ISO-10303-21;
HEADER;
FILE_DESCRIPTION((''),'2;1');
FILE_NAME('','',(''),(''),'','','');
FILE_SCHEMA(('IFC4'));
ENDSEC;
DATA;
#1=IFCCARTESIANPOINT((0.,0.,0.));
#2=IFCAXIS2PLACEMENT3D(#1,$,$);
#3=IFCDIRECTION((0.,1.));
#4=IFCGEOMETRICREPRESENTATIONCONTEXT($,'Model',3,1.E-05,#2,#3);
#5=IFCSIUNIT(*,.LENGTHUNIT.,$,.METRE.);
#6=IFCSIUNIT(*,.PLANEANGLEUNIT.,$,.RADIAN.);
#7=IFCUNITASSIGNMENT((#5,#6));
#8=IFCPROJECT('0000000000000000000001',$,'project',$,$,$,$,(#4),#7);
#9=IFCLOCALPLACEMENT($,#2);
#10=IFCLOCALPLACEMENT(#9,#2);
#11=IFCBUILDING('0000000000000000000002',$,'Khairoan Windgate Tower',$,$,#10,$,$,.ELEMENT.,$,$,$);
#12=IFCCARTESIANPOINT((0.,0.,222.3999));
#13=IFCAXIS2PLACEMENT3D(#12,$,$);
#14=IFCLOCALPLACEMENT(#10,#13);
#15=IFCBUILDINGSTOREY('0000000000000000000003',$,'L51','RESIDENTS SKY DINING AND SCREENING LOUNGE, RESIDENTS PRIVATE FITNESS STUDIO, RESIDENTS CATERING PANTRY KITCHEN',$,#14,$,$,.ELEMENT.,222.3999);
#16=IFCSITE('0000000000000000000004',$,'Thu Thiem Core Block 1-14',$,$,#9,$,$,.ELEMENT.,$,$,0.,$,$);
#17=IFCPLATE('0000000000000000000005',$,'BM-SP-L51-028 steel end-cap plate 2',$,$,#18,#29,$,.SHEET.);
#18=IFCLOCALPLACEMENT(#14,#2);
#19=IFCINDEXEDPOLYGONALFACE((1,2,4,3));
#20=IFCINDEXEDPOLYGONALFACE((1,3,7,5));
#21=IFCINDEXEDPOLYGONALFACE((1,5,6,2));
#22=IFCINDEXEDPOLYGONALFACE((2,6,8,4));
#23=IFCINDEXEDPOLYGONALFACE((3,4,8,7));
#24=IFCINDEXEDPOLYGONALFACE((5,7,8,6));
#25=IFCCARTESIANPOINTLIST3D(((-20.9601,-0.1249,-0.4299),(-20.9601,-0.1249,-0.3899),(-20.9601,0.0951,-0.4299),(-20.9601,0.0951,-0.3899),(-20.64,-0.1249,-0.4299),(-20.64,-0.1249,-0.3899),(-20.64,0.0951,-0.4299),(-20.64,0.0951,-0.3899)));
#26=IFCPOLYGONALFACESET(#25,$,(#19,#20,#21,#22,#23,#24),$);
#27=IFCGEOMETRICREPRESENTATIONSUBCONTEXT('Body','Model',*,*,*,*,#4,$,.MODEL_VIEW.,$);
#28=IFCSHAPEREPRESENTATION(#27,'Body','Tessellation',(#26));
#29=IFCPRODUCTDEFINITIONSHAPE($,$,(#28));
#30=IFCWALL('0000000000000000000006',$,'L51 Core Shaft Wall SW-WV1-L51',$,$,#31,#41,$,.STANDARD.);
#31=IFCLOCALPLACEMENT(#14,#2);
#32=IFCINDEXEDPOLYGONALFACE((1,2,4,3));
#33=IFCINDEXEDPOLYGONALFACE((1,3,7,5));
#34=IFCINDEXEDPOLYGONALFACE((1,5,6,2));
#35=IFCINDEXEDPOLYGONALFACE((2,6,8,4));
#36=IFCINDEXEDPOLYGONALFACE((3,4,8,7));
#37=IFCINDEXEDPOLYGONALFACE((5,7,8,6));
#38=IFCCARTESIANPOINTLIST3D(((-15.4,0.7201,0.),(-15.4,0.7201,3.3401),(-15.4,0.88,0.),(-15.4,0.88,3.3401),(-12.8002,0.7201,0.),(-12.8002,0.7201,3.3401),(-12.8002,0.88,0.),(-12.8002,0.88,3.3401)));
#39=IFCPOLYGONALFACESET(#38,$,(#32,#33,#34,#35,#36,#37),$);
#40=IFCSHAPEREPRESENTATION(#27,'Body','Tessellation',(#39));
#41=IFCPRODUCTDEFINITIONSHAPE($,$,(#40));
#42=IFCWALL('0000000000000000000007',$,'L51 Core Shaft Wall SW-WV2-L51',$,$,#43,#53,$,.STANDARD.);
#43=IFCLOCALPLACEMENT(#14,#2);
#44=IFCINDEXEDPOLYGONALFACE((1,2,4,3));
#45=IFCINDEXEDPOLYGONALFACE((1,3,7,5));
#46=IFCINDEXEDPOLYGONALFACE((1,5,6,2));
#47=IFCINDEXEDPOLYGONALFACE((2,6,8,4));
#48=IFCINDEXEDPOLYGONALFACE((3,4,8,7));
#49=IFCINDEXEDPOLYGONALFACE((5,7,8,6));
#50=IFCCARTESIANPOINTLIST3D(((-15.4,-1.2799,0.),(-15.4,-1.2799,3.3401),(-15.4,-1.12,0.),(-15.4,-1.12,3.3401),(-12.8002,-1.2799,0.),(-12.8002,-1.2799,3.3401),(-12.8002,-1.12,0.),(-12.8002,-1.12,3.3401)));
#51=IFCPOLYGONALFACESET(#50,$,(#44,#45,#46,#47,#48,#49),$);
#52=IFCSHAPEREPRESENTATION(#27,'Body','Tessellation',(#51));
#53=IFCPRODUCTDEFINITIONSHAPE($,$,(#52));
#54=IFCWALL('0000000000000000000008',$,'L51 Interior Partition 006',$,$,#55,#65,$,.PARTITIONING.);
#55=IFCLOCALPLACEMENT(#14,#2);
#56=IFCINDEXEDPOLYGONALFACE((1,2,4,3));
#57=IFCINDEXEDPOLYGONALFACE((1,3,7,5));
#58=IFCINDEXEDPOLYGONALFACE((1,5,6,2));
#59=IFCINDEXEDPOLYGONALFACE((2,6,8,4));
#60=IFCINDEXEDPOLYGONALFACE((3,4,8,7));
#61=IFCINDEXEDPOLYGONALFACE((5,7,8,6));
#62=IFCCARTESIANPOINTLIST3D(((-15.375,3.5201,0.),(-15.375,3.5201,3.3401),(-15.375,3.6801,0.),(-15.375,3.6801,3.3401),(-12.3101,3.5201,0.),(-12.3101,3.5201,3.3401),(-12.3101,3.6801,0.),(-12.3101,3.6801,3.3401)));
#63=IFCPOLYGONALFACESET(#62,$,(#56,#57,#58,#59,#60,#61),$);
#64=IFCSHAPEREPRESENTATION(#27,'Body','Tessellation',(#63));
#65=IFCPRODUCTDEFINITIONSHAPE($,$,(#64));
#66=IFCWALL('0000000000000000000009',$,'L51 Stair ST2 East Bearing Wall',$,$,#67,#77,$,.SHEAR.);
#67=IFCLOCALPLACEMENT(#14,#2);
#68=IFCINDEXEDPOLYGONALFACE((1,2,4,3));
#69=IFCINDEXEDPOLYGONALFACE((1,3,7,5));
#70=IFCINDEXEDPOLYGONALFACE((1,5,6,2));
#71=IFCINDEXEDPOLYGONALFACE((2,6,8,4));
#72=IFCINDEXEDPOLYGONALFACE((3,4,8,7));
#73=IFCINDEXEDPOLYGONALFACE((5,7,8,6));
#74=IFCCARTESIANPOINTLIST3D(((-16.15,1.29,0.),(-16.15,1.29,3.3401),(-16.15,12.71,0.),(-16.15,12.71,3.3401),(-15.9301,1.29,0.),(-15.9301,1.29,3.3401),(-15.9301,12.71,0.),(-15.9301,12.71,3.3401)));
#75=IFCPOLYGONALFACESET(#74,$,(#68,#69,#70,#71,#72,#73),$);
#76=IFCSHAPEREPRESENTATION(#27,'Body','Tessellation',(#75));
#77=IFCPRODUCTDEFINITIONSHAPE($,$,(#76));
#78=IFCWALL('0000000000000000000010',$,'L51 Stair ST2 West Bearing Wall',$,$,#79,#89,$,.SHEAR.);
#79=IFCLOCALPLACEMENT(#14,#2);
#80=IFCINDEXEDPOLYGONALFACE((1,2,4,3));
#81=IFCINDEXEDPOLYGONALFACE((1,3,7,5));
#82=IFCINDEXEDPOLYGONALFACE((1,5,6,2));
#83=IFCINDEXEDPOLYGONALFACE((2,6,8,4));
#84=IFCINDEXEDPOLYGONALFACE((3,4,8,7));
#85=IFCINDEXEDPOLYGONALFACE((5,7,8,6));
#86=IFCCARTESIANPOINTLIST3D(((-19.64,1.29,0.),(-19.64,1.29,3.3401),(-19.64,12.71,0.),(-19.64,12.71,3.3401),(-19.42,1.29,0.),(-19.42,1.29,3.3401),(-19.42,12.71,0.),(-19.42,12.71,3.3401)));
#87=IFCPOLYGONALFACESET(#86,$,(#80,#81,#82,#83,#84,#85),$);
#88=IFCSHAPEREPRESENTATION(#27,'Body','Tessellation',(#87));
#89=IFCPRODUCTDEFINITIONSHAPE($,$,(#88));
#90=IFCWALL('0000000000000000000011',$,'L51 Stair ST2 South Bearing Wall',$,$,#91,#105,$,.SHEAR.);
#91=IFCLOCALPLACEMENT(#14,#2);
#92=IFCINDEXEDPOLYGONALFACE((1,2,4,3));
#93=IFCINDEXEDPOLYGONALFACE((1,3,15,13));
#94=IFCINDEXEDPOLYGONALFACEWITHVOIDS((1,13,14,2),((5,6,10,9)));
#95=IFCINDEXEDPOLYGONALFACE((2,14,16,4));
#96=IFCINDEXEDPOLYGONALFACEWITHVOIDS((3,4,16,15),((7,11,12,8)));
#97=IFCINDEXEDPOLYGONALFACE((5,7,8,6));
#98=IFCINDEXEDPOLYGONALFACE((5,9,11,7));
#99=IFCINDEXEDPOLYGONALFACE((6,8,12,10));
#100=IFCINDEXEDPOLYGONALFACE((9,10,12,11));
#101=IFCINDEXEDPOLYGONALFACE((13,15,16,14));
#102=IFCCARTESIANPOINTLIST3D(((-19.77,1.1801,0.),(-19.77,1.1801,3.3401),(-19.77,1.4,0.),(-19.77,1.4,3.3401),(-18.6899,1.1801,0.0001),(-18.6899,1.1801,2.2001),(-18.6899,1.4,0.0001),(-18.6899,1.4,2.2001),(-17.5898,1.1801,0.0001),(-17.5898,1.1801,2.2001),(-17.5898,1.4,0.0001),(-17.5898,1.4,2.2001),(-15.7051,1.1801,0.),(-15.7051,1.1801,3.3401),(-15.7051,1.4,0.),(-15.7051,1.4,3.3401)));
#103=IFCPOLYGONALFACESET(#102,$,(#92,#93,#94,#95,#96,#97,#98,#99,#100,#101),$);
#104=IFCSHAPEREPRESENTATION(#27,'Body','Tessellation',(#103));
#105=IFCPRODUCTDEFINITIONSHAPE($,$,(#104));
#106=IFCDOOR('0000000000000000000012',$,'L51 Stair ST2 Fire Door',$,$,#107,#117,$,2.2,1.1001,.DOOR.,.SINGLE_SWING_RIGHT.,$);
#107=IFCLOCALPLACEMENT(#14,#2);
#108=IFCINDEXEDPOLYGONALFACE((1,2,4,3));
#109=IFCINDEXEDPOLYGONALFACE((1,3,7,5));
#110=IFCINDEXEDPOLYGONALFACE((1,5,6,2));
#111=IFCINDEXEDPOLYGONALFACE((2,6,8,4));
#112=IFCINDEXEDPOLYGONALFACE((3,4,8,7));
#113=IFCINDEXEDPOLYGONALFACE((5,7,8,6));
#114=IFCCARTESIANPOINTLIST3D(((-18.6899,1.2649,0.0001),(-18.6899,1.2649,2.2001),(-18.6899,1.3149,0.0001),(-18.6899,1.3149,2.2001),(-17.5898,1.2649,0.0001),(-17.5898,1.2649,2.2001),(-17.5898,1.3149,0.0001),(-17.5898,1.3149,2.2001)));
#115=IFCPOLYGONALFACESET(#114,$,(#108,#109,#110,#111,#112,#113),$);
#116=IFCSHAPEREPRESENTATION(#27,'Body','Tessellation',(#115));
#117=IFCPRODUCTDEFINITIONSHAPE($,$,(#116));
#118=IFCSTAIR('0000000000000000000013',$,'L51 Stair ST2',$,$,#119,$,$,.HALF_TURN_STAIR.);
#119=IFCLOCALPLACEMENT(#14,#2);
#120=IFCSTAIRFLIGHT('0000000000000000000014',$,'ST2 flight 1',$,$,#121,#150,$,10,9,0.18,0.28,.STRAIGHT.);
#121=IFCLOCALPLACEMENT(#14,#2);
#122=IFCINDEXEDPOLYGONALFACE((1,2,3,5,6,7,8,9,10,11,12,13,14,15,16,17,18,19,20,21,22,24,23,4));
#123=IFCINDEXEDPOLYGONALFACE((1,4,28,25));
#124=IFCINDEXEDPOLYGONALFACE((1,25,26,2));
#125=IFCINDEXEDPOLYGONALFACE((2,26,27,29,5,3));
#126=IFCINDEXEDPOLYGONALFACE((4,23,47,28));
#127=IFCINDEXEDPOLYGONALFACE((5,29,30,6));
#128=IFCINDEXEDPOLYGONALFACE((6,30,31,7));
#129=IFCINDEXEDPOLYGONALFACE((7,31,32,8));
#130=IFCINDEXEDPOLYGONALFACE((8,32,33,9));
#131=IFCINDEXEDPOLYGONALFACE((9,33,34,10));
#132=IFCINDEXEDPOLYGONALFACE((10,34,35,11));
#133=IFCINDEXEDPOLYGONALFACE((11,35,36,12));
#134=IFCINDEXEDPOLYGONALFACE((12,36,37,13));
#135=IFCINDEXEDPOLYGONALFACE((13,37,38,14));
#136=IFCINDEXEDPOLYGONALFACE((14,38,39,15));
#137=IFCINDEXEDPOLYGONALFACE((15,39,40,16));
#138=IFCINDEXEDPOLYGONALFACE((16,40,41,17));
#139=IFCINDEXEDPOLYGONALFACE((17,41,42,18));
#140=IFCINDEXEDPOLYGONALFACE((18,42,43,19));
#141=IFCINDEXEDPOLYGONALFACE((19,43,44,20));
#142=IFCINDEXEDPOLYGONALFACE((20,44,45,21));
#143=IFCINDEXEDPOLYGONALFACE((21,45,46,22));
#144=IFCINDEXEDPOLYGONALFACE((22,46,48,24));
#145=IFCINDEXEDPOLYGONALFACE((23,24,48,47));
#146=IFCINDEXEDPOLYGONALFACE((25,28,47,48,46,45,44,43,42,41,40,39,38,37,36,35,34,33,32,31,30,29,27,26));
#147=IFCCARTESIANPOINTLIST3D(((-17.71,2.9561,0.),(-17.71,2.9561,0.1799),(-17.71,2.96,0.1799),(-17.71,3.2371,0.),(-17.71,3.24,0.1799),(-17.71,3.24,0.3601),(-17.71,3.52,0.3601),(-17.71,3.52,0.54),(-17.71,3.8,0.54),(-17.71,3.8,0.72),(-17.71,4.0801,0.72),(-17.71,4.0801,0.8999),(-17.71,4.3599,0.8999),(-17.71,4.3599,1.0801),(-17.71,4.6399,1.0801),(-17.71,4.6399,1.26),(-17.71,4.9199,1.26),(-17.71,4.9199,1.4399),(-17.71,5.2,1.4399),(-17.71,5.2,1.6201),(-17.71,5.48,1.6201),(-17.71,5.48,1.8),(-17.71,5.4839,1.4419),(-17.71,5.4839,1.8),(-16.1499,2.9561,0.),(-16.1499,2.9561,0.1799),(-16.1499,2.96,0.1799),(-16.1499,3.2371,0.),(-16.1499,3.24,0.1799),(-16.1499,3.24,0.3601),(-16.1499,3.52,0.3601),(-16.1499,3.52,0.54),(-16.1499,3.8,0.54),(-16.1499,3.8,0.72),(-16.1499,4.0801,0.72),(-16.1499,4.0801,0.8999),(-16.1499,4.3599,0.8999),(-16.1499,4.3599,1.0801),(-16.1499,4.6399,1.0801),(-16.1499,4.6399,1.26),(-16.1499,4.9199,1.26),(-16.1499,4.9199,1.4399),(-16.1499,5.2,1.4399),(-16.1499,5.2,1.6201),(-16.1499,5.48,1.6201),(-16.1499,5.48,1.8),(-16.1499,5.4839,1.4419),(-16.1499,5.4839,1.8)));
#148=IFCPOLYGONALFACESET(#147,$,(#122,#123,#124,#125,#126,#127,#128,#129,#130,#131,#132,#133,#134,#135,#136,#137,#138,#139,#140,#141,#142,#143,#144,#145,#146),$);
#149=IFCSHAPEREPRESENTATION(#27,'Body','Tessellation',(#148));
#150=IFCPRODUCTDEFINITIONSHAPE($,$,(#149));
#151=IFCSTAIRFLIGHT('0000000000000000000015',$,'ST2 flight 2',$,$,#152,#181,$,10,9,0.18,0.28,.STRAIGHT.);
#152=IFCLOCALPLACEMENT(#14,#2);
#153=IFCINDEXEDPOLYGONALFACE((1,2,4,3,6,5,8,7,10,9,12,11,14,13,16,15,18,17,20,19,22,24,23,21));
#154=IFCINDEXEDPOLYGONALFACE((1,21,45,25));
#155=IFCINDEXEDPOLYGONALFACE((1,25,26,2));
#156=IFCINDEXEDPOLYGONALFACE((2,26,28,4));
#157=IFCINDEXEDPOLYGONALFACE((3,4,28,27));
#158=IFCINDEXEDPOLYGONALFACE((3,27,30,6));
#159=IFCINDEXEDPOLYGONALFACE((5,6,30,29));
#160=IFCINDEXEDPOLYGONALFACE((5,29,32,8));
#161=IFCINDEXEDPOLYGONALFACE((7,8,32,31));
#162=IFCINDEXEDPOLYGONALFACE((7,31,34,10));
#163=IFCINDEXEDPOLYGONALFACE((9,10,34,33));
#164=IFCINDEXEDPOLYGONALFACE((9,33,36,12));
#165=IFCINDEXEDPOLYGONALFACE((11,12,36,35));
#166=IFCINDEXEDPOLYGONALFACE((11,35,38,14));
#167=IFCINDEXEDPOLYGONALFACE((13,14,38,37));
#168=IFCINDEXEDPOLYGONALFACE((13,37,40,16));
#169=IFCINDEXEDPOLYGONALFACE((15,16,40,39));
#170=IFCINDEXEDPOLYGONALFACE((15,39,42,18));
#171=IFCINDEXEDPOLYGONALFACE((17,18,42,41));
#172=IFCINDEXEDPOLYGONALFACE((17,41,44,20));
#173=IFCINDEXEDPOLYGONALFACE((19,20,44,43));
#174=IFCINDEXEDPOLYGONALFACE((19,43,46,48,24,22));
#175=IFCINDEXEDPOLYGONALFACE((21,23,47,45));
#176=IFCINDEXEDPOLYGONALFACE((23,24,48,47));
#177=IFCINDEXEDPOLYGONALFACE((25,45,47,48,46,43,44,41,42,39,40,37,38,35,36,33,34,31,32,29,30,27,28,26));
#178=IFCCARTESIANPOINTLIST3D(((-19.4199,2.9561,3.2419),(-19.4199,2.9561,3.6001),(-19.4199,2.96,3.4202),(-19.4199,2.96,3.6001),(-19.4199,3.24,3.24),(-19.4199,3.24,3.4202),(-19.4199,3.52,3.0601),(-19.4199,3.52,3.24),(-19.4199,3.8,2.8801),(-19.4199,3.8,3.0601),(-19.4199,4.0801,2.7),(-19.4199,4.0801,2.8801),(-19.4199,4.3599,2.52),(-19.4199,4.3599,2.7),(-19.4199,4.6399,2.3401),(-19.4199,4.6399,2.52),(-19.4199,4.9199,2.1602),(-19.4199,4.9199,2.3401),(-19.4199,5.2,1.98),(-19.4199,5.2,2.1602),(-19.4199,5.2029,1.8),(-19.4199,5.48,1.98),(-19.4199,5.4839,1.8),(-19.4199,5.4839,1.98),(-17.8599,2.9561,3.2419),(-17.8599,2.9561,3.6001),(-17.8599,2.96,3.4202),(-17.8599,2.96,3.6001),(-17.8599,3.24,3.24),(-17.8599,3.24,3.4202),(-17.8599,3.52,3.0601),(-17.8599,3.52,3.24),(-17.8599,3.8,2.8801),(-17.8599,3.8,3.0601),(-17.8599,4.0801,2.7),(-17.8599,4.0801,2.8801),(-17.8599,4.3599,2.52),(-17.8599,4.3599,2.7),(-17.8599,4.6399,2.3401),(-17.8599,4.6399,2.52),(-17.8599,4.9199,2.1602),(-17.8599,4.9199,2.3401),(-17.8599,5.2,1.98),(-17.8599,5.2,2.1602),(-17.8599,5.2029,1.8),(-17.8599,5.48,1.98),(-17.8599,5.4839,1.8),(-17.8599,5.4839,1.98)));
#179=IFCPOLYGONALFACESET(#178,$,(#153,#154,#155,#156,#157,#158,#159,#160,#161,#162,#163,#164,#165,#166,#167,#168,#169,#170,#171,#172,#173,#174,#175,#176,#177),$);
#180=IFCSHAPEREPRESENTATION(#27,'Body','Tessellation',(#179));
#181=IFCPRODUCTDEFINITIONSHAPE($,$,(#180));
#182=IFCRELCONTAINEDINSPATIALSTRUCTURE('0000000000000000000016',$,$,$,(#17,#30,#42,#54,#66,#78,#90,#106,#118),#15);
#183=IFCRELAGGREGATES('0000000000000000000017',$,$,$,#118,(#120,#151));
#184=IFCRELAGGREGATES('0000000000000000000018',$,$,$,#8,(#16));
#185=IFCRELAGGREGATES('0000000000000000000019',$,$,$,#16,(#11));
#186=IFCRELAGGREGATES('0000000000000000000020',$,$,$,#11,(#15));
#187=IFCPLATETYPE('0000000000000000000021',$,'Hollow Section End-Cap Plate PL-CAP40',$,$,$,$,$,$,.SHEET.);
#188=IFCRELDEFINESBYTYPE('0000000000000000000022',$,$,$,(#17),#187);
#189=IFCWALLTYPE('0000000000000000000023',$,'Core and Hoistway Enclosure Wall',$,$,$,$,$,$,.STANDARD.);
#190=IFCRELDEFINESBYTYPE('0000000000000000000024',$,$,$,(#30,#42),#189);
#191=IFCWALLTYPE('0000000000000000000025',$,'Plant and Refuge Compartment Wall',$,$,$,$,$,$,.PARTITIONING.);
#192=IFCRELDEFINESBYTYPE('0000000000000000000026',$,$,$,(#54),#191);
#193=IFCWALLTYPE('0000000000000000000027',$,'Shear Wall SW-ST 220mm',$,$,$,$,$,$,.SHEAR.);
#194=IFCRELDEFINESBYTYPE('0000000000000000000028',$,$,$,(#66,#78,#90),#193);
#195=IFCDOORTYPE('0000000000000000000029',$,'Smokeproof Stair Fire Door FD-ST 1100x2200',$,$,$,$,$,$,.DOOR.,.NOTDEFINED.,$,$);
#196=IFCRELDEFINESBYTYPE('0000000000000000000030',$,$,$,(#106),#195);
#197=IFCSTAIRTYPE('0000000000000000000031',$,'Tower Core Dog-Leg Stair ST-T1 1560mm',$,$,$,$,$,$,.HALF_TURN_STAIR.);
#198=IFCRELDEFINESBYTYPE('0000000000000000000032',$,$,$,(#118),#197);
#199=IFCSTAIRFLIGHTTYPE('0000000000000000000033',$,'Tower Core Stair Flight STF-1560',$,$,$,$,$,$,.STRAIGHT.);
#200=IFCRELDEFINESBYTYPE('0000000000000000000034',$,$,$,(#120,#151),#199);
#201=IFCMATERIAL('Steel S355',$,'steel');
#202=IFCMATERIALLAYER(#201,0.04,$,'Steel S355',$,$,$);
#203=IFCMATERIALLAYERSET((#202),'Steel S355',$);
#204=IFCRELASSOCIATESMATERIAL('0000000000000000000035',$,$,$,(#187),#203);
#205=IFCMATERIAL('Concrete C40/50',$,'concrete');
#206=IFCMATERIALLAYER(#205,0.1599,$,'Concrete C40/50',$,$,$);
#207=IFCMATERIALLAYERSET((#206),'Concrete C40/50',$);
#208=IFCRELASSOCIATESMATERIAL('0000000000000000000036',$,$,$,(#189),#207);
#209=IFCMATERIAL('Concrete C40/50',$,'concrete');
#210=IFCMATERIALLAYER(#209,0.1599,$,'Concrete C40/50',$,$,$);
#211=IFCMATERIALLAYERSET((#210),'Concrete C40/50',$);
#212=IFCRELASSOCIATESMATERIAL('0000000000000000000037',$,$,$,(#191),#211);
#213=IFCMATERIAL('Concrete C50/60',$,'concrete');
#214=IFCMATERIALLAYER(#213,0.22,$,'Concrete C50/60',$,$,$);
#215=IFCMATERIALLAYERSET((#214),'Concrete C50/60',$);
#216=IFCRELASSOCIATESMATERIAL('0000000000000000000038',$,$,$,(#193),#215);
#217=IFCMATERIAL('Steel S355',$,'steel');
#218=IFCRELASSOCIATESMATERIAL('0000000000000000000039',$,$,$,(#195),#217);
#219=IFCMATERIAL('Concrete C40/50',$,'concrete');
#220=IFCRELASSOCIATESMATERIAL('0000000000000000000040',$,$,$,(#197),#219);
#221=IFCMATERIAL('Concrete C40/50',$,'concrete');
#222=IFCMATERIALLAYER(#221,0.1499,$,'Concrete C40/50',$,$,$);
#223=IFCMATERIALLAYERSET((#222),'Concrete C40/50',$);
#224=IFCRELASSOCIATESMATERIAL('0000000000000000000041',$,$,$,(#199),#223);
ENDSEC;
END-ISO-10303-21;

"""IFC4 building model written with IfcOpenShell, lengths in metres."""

from ifc_helpers import new_model, si_unit, direction, frame, frame_2d, origin, origin_2d, place, context, subcontext, project, spatial, polyline, rectangle, outline, extrude, material, layer, layer_set, type_object, element, fill, aggregate, save


model = new_model("IFC4")

# Units and contexts
model_context = context("Model", 3, precision=1e-05, world=origin(), true_north=direction((0.0, 1.0)))
body_context = subcontext(model_context, "Body", "Model", "MODEL_VIEW")
ifc_project = project(units=[si_unit("LENGTHUNIT", "METRE"), si_unit("PLANEANGLEUNIT", "RADIAN")], contexts=[model_context])

# Site, building, storey
site_placement = place(None, origin())
site = spatial("IfcSite", under=ifc_project, at=site_placement, Name="Thu Thiem Core Block 1-14", CompositionType="ELEMENT", RefElevation=0.0)
building_placement = place(site_placement, origin())
building = spatial("IfcBuilding", under=site, at=building_placement, Name="Khairoan Windgate Tower", CompositionType="ELEMENT")
storey_placement = place(building_placement, frame((0.0, 0.0, 222.3999)))
storey = spatial("IfcBuildingStorey", under=building, at=storey_placement, Name="L51", Description="RESIDENTS SKY DINING AND SCREENING LOUNGE, RESIDENTS PRIVATE FITNESS STUDIO, RESIDENTS CATERING PANTRY KITCHEN", CompositionType="ELEMENT", Elevation=222.3999)

# Plate
ifc_material_1 = material(Name="Steel S355", Category="steel")
ifc_layer_1 = layer(ifc_material_1, 0.04, Name="Steel S355")
ifc_layer_set_1 = layer_set([ifc_layer_1], Name="Steel S355")
plate_type = type_object("IfcPlateType", Name="Hollow Section End-Cap Plate PL-CAP40", PredefinedType="SHEET", material=ifc_layer_set_1)
plate_placement = place(storey_placement, frame((-20.8, -0.0149, -0.4299), z_axis=(0.0, 0.0, 1.0), x_axis=(0.0, 1.0, 0.0)))
element("IfcPlate", 1, at=plate_placement, inside=storey, type_object=plate_type, Name="BM-SP-L51-028 steel end-cap plate 2", PredefinedType="SHEET", context=body_context, shape_type="SweptSolid", body=[
    extrude(rectangle(XDim=0.22, YDim=0.3201, at=origin_2d()), origin(), (0.0, 0.0, 1.0), 0.04),
])

# Walls
ifc_material_2 = material(Name="Concrete C40/50", Category="concrete")
ifc_layer_2 = layer(ifc_material_2, 0.1599, Name="Concrete C40/50")
ifc_layer_set_2 = layer_set([ifc_layer_2], Name="Concrete C40/50")
wall_type_1 = type_object("IfcWallType", Name="Core and Hoistway Enclosure Wall", PredefinedType="STANDARD", material=ifc_layer_set_2)
for number, where, z_axis, x_axis, name in (
    (2, (-15.3999, 0.8, 0.0), (0.0, 0.0, 1.0), (1.0, 0.0, 0.0), "L51 Core Shaft Wall SW-WV1-L51"),
    (3, (-15.3999, -1.2, 0.0), (0.0, 0.0, 1.0), (1.0, 0.0, 0.0), "L51 Core Shaft Wall SW-WV2-L51"),
):
    element("IfcWall", number, at=place(storey_placement, frame(where, z_axis=z_axis, x_axis=x_axis)), inside=storey, type_object=wall_type_1, Name=name, PredefinedType="STANDARD", context=body_context, shape_type="SweptSolid", body=[
        extrude(rectangle(XDim=2.5999, YDim=0.1599, at=frame_2d((1.2998, 0.0))), origin(), (0.0, 0.0, 1.0), 3.3401),
    ])
ifc_material_3 = material(Name="Concrete C40/50", Category="concrete")
ifc_layer_3 = layer(ifc_material_3, 0.1599, Name="Concrete C40/50")
ifc_layer_set_3 = layer_set([ifc_layer_3], Name="Concrete C40/50")
wall_type_2 = type_object("IfcWallType", Name="Plant and Refuge Compartment Wall", PredefinedType="PARTITIONING", material=ifc_layer_set_3)
wall_1_placement = place(storey_placement, frame((-15.375, 3.6001, 0.0), z_axis=(0.0, 0.0, 1.0), x_axis=(1.0, 0.0, 0.0)))
element("IfcWall", 4, at=wall_1_placement, inside=storey, type_object=wall_type_2, Name="L51 Interior Partition 006", PredefinedType="PARTITIONING", context=body_context, shape_type="SweptSolid", body=[
    extrude(rectangle(XDim=3.0649, YDim=0.1599, at=frame_2d((1.5325, 0.0))), origin(), (0.0, 0.0, 1.0), 3.3401),
])
ifc_material_4 = material(Name="Concrete C50/60", Category="concrete")
ifc_layer_4 = layer(ifc_material_4, 0.22, Name="Concrete C50/60")
ifc_layer_set_4 = layer_set([ifc_layer_4], Name="Concrete C50/60")
wall_type_3 = type_object("IfcWallType", Name="Shear Wall SW-ST 220mm", PredefinedType="SHEAR", material=ifc_layer_set_4)
for number, where, z_axis, x_axis, name in (
    (5, (-16.04, 1.29, 0.0), (0.0, 0.0, 1.0), (0.0, 1.0, 0.0), "L51 Stair ST2 East Bearing Wall"),
    (6, (-19.53, 1.29, 0.0), (0.0, 0.0, 1.0), (0.0, 1.0, 0.0), "L51 Stair ST2 West Bearing Wall"),
):
    element("IfcWall", number, at=place(storey_placement, frame(where, z_axis=z_axis, x_axis=x_axis)), inside=storey, type_object=wall_type_3, Name=name, PredefinedType="SHEAR", context=body_context, shape_type="SweptSolid", body=[
        extrude(rectangle(XDim=11.4199, YDim=0.22, at=frame_2d((5.71, 0.0))), origin(), (0.0, 0.0, 1.0), 3.3401),
    ])

# Wall, opening, door
wall_2_placement = place(storey_placement, frame((-19.77, 1.29, 0.0), z_axis=(0.0, 0.0, 1.0), x_axis=(1.0, 0.0, 0.0)))
wall_2 = element("IfcWall", 7, at=wall_2_placement, inside=storey, type_object=wall_type_3, Name="L51 Stair ST2 South Bearing Wall", PredefinedType="SHEAR", context=body_context, shape_type="SweptSolid", body=[
    extrude(rectangle(XDim=4.0649, YDim=0.22, at=frame_2d((2.0325, 0.0))), origin(), (0.0, 0.0, 1.0), 3.3401),
])
opening_placement = place(wall_2_placement, frame((1.0801, 0.0, 0.0)))
opening = element("IfcOpeningElement", 8, at=opening_placement, cuts=wall_2, PredefinedType="OPENING", context=body_context, shape_type="SweptSolid", body=[
    extrude(rectangle(XDim=1.1001, YDim=2.2, at=frame_2d((0.55, 1.1001))), frame((0.0, 0.1199, 0.0), z_axis=(0.0, -1.0, 0.0), x_axis=(1.0, 0.0, 0.0)), (0.0, 0.0, 1.0), 0.24),
])
ifc_material_5 = material(Name="Steel S355", Category="steel")
door_type = type_object("IfcDoorType", Name="Smokeproof Stair Fire Door FD-ST 1100x2200", OperationType="NOTDEFINED", PredefinedType="DOOR", material=ifc_material_5)
door_placement = place(opening_placement, origin())
door = element("IfcDoor", 9, at=door_placement, inside=storey, type_object=door_type, Name="L51 Stair ST2 Fire Door", OperationType="SINGLE_SWING_RIGHT", OverallHeight=2.2, OverallWidth=1.1001, PredefinedType="DOOR", context=body_context, shape_type="SweptSolid", body=[
    extrude(rectangle(XDim=1.1001, YDim=2.2, at=frame_2d((0.55, 1.1001))), frame((0.0, 0.0249, 0.0), z_axis=(0.0, -1.0, 0.0), x_axis=(1.0, 0.0, 0.0)), (0.0, 0.0, 1.0), 0.05),
])
fill(opening, door)

# Stair, stair flights
ifc_material_6 = material(Name="Concrete C40/50", Category="concrete")
stair_type = type_object("IfcStairType", Name="Tower Core Dog-Leg Stair ST-T1 1560mm", PredefinedType="HALF_TURN_STAIR", material=ifc_material_6)
stair_placement = place(storey_placement, origin())
stair = element("IfcStair", 10, at=stair_placement, inside=storey, type_object=stair_type, Name="L51 Stair ST2", PredefinedType="HALF_TURN_STAIR")
ifc_material_7 = material(Name="Concrete C40/50", Category="concrete")
ifc_layer_5 = layer(ifc_material_7, 0.1499, Name="Concrete C40/50")
ifc_layer_set_5 = layer_set([ifc_layer_5], Name="Concrete C40/50")
stair_flight_type = type_object("IfcStairFlightType", Name="Tower Core Stair Flight STF-1560", PredefinedType="STRAIGHT", material=ifc_layer_set_5)
stair_flight_1_placement = place(storey_placement, frame((-16.9299, 2.96, 0.0), z_axis=(0.0, 0.0, 1.0), x_axis=(0.0, 1.0, 0.0)))
stair_flight_1 = element("IfcStairFlight", 11, at=stair_flight_1_placement, type_object=stair_flight_type, Name="ST2 flight 1", NumberOfRisers=10, NumberOfTreads=9, PredefinedType="STRAIGHT", RiserHeight=0.18, TreadLength=0.28, context=body_context, shape_type="SweptSolid", body=[
    extrude(outline(polyline([(-0.0039, 0.0), (-0.0039, 0.1799), (0.0, 0.1799), (0.28, 0.1799), (0.28, 0.3601), (0.5601, 0.3601), (0.5601, 0.54), (0.8401, 0.54), (0.8401, 0.72), (1.1201, 0.72), (1.1201, 0.8999), (1.3999, 0.8999), (1.3999, 1.0801), (1.6799, 1.0801), (1.6799, 1.26), (1.96, 1.26), (1.96, 1.4399), (2.24, 1.4399), (2.24, 1.6201), (2.52, 1.6201), (2.52, 1.8), (2.5239, 1.8), (2.5239, 1.4419), (0.2771, 0.0), (-0.0039, 0.0)])), frame((0.0, 0.78, 0.0), z_axis=(0.0, -1.0, 0.0), x_axis=(1.0, 0.0, 0.0)), (0.0, 0.0, 1.0), 1.5601),
])
stair_flight_2_placement = place(storey_placement, frame((-18.6399, 5.48, 1.8), z_axis=(0.0, 0.0, 1.0), x_axis=(0.0, -1.0, 0.0)))
stair_flight_2 = element("IfcStairFlight", 12, at=stair_flight_2_placement, type_object=stair_flight_type, Name="ST2 flight 2", NumberOfRisers=10, NumberOfTreads=9, PredefinedType="STRAIGHT", RiserHeight=0.18, TreadLength=0.28, context=body_context, shape_type="SweptSolid", body=[
    extrude(outline(polyline([(-0.0039, 0.0), (-0.0039, 0.1799), (0.0, 0.1799), (0.28, 0.1799), (0.28, 0.3601), (0.5601, 0.3601), (0.5601, 0.54), (0.8401, 0.54), (0.8401, 0.72), (1.1201, 0.72), (1.1201, 0.8999), (1.3999, 0.8999), (1.3999, 1.0801), (1.6799, 1.0801), (1.6799, 1.26), (1.96, 1.26), (1.96, 1.4399), (2.24, 1.4399), (2.24, 1.6201), (2.52, 1.6201), (2.52, 1.8), (2.5239, 1.8), (2.5239, 1.4419), (0.2771, 0.0), (-0.0039, 0.0)])), frame((0.0, 0.78, 0.0), z_axis=(0.0, -1.0, 0.0), x_axis=(1.0, 0.0, 0.0)), (0.0, 0.0, 1.0), 1.5601),
])
aggregate(stair, [stair_flight_1, stair_flight_2])

save(model, "model.ifc")
